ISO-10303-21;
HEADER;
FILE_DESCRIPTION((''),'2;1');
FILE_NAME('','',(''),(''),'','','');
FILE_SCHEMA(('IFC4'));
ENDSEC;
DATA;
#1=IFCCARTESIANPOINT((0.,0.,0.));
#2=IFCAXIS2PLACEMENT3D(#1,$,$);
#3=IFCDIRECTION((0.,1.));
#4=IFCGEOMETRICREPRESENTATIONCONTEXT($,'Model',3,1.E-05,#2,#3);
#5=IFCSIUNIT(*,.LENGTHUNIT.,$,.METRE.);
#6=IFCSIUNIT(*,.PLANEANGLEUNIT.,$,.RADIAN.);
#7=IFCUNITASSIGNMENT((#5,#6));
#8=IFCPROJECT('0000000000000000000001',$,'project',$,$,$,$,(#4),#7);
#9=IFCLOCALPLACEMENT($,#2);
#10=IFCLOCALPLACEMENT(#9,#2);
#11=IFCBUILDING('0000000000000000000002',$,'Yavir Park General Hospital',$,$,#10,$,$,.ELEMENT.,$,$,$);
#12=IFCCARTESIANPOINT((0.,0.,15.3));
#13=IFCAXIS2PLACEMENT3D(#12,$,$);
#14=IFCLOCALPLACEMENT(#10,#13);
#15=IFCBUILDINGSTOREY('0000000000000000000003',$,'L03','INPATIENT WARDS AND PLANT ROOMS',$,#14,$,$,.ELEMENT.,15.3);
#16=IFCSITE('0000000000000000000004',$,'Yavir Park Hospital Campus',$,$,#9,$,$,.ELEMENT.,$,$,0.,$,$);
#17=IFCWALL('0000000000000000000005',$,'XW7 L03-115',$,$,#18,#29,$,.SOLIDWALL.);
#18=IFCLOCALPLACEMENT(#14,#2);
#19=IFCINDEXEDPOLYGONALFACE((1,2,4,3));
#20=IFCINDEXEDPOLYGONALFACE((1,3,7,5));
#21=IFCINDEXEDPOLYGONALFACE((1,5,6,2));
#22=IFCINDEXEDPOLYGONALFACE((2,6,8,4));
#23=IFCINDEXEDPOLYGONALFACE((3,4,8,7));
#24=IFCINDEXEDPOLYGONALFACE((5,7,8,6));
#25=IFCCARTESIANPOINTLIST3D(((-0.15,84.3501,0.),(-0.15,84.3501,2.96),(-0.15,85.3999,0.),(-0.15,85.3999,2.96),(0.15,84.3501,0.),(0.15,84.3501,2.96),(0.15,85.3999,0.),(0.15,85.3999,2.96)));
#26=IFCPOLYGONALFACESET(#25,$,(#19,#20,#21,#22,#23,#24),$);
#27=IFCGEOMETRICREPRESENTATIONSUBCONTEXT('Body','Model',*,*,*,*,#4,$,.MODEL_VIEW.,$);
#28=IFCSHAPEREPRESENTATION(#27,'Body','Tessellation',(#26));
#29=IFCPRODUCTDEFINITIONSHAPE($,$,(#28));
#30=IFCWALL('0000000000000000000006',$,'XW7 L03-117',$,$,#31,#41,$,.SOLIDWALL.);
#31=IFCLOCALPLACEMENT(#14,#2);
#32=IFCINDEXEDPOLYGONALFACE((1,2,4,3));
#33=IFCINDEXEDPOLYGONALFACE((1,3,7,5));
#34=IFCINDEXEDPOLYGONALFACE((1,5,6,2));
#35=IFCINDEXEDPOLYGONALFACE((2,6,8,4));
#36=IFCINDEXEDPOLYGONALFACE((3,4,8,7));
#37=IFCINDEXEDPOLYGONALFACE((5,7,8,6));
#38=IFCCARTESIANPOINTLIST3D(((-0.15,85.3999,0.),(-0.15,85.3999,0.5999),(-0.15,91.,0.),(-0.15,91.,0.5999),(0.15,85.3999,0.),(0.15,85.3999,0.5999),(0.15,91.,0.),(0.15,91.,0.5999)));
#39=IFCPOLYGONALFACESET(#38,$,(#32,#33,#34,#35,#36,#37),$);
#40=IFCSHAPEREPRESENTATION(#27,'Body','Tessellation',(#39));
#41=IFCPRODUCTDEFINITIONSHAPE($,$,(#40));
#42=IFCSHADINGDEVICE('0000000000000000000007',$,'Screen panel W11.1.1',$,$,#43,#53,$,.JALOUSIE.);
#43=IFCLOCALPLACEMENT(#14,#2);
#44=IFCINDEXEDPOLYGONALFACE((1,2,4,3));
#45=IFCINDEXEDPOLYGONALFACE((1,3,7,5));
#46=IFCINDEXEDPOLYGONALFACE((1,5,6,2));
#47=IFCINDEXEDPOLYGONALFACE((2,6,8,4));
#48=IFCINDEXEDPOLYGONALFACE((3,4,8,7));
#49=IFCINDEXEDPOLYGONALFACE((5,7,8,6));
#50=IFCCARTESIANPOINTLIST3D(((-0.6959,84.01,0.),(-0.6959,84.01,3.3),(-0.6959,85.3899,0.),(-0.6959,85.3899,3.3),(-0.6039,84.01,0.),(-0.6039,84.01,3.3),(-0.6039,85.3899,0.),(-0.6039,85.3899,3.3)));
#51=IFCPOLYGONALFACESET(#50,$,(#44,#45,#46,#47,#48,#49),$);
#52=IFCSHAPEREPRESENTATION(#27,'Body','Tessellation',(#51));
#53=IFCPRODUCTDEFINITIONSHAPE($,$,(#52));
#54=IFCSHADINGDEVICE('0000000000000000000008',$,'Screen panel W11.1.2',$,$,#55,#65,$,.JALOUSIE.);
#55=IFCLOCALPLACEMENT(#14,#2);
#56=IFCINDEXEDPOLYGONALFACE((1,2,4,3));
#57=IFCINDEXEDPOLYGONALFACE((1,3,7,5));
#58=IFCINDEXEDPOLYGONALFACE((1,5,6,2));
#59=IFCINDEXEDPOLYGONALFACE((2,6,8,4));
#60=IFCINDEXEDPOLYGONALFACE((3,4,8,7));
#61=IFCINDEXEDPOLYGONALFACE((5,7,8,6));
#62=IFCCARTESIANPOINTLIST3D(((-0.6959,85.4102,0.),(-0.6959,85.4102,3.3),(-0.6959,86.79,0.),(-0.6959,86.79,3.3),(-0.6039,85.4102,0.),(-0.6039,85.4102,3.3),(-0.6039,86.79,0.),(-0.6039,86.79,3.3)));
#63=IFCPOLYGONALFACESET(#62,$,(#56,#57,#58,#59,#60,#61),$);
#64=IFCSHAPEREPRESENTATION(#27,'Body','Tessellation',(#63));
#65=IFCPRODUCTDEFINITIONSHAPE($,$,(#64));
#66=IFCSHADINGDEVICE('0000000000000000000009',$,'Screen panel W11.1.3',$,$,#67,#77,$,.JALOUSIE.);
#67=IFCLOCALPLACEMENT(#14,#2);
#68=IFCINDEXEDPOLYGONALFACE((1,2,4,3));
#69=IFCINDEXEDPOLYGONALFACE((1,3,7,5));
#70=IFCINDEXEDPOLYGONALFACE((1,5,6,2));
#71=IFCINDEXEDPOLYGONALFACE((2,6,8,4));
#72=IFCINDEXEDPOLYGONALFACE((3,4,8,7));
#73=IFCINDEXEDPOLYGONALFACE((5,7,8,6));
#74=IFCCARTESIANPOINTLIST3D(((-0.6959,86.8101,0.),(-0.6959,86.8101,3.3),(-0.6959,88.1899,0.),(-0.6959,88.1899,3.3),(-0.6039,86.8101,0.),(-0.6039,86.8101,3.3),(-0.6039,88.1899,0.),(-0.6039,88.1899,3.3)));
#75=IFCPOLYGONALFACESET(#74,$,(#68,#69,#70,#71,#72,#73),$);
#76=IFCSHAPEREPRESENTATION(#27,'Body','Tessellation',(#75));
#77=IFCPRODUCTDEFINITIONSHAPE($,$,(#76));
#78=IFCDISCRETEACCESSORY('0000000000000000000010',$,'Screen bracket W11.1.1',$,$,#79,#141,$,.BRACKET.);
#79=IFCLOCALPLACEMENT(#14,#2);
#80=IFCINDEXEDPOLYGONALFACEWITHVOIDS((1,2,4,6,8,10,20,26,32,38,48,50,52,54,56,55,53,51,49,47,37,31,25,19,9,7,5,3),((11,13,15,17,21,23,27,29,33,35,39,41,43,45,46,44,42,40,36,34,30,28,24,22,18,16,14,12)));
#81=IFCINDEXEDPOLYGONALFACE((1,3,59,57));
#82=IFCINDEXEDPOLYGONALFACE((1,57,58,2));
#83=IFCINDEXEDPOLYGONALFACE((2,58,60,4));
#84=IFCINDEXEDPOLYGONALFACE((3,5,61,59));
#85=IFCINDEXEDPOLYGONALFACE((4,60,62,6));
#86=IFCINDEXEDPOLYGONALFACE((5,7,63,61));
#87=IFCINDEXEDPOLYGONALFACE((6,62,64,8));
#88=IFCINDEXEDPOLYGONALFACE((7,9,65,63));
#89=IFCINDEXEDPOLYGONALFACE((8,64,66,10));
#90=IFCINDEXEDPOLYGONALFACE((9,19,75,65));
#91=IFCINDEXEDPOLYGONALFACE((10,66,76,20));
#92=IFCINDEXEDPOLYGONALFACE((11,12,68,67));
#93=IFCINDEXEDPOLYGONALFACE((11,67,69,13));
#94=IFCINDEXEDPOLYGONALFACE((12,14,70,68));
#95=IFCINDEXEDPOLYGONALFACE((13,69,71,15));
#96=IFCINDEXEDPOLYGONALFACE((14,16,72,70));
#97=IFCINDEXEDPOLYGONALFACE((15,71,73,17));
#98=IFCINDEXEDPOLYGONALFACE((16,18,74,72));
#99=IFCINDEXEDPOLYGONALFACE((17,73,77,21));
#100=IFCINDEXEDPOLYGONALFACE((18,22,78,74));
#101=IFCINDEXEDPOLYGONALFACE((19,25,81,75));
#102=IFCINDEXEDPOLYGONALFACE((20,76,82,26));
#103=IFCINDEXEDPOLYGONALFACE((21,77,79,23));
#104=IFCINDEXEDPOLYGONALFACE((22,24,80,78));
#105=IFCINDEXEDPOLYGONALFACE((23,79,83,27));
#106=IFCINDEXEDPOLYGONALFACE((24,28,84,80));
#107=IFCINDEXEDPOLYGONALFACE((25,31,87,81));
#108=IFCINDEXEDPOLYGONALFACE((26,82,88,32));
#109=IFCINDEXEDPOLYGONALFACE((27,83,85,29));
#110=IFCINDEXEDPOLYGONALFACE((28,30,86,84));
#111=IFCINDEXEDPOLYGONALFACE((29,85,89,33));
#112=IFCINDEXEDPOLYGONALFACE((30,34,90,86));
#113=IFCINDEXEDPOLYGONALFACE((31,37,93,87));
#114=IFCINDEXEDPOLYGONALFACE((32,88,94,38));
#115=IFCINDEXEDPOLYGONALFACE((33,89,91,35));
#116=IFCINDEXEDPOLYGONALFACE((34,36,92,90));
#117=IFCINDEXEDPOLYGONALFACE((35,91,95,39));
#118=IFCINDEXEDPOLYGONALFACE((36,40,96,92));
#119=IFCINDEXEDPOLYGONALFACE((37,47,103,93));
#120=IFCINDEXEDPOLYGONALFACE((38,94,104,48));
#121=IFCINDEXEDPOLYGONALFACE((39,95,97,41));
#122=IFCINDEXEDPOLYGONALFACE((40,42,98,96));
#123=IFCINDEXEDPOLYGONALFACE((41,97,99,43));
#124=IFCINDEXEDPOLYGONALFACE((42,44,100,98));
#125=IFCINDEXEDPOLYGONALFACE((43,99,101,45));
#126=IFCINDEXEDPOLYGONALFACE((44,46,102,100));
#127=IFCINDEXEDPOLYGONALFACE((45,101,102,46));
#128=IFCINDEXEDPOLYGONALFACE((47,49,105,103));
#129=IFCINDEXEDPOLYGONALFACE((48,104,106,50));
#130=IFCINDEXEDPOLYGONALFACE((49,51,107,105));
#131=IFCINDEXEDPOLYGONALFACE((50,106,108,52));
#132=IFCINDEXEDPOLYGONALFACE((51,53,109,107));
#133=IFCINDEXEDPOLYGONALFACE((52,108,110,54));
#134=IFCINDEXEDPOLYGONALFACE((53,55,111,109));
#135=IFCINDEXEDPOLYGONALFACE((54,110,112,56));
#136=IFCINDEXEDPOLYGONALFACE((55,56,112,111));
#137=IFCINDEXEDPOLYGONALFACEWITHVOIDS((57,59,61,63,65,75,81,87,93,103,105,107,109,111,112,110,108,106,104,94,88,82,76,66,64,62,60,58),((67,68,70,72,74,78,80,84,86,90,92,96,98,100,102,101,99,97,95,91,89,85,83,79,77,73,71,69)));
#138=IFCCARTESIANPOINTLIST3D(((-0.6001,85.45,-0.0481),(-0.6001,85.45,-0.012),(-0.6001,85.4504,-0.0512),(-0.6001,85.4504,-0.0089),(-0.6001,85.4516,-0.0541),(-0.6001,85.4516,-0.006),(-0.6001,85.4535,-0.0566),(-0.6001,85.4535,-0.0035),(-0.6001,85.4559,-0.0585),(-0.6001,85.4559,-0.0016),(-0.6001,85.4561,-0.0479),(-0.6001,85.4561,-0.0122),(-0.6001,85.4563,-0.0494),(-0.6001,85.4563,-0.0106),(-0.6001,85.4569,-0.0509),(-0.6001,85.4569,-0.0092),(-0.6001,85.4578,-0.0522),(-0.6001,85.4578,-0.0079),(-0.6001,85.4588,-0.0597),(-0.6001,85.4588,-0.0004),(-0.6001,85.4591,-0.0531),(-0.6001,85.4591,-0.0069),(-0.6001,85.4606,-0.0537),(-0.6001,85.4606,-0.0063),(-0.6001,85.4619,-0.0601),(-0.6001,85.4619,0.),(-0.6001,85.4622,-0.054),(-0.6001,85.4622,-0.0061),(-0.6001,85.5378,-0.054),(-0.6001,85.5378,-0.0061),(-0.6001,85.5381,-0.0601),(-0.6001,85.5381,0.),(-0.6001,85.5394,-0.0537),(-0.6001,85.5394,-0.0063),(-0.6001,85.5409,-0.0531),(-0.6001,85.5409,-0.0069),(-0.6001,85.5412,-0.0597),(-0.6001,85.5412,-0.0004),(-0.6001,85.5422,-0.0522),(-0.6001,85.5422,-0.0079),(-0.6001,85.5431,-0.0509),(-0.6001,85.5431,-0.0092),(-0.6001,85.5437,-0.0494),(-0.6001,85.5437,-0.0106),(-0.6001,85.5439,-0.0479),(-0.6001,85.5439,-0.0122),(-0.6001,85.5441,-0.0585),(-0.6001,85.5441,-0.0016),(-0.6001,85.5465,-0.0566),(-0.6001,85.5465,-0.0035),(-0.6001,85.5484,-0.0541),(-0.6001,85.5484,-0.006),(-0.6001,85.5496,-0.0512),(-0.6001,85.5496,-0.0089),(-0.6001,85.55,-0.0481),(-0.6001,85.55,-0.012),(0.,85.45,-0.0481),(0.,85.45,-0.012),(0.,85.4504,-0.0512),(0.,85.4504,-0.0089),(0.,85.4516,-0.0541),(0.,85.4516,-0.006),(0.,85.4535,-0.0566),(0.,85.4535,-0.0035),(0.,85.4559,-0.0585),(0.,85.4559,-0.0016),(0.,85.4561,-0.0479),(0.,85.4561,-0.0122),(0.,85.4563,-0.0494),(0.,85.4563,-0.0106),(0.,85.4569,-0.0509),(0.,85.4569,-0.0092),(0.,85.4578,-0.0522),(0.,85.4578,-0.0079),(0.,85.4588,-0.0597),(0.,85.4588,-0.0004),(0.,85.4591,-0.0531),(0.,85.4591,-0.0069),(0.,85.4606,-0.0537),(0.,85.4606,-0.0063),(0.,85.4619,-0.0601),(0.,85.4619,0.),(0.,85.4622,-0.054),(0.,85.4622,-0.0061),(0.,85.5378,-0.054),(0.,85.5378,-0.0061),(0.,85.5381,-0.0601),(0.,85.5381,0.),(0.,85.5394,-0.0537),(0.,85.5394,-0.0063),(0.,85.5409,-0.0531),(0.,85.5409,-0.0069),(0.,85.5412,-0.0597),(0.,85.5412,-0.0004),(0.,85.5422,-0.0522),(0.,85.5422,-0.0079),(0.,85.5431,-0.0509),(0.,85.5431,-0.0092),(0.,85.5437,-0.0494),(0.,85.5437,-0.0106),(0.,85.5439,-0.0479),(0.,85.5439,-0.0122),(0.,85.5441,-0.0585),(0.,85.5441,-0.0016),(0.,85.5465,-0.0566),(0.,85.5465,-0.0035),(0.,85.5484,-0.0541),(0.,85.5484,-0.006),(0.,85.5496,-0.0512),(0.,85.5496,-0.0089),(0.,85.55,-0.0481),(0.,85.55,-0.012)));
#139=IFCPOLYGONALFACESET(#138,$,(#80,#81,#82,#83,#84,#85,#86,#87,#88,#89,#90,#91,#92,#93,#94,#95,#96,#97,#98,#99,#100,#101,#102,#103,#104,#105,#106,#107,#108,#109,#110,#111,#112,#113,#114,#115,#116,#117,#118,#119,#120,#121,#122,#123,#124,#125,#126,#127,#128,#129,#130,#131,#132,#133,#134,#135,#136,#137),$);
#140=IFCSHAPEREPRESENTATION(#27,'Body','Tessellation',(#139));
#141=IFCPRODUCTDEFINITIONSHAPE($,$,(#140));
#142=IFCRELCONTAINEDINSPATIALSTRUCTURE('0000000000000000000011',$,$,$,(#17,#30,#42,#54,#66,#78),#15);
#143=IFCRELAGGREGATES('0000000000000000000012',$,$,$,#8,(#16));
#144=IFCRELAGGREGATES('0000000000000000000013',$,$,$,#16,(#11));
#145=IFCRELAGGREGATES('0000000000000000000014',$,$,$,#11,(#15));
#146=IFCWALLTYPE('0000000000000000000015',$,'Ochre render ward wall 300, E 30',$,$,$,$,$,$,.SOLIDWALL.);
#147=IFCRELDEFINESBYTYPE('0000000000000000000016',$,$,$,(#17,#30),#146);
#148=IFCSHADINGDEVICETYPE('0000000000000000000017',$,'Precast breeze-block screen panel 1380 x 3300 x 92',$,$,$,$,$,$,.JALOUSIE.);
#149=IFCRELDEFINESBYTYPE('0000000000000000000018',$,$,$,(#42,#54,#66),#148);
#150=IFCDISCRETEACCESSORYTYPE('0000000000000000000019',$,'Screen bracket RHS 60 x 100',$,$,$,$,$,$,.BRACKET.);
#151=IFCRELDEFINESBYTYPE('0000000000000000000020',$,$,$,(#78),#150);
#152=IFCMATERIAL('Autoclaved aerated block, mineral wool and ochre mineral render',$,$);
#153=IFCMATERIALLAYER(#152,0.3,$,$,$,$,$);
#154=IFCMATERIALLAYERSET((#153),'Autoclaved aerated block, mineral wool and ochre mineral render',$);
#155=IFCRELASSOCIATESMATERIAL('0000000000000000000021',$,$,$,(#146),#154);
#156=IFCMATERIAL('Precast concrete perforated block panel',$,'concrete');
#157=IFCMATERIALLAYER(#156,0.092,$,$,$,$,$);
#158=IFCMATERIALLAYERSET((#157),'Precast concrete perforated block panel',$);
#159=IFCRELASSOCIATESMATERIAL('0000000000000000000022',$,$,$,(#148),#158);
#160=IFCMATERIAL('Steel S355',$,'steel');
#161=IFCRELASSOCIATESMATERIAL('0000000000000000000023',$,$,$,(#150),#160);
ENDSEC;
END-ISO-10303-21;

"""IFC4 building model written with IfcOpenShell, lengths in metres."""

from ifc_helpers import new_model, si_unit, direction, frame, frame_2d, origin, origin_2d, place, context, subcontext, project, spatial, rectangle, hollow_rectangle, extrude, material, layer, layer_set, material_profile, profile_set, type_object, element, save


model = new_model("IFC4")

# Units and contexts
model_context = context("Model", 3, precision=1e-05, world=origin(), true_north=direction((0.0, 1.0)))
body_context = subcontext(model_context, "Body", "Model", "MODEL_VIEW")
ifc_project = project(units=[si_unit("LENGTHUNIT", "METRE"), si_unit("PLANEANGLEUNIT", "RADIAN")], contexts=[model_context])

# Site, building, storey
site_placement = place(None, origin())
site = spatial("IfcSite", under=ifc_project, at=site_placement, Name="Yavir Park Hospital Campus", CompositionType="ELEMENT", RefElevation=0.0)
building_placement = place(site_placement, origin())
building = spatial("IfcBuilding", under=site, at=building_placement, Name="Yavir Park General Hospital", CompositionType="ELEMENT")
storey_placement = place(building_placement, frame((0.0, 0.0, 15.3)))
storey = spatial("IfcBuildingStorey", under=building, at=storey_placement, Name="L03", Description="INPATIENT WARDS AND PLANT ROOMS", CompositionType="ELEMENT", Elevation=15.3)

# Walls
ifc_material_1 = material(Name="Autoclaved aerated block, mineral wool and ochre mineral render")
ifc_layer_1 = layer(ifc_material_1, 0.3)
ifc_layer_set_1 = layer_set([ifc_layer_1], Name="Autoclaved aerated block, mineral wool and ochre mineral render")
wall_type = type_object("IfcWallType", Name="Ochre render ward wall 300, E 30", PredefinedType="SOLIDWALL", material=ifc_layer_set_1)
wall_1_placement = place(storey_placement, frame((0.0, 84.3501, 0.0), z_axis=(0.0, 0.0, 1.0), x_axis=(0.0, 1.0, 0.0)))
element("IfcWall", 1, at=wall_1_placement, inside=storey, type_object=wall_type, Name="XW7 L03-115", PredefinedType="SOLIDWALL", context=body_context, shape_type="SweptSolid", body=[
    extrude(rectangle(XDim=1.0498, YDim=0.3, at=frame_2d((0.5249, 0.0))), origin(), (0.0, 0.0, 1.0), 2.96),
])
wall_2_placement = place(storey_placement, frame((0.0, 85.3999, 0.0), z_axis=(0.0, 0.0, 1.0), x_axis=(0.0, 1.0, 0.0)))
element("IfcWall", 2, at=wall_2_placement, inside=storey, type_object=wall_type, Name="XW7 L03-117", PredefinedType="SOLIDWALL", context=body_context, shape_type="SweptSolid", body=[
    extrude(rectangle(XDim=5.6001, YDim=0.3, at=frame_2d((2.8, 0.0))), origin(), (0.0, 0.0, 1.0), 0.5999),
])

# Shading devices
ifc_material_2 = material(Name="Precast concrete perforated block panel", Category="concrete")
ifc_layer_2 = layer(ifc_material_2, 0.092)
ifc_layer_set_2 = layer_set([ifc_layer_2], Name="Precast concrete perforated block panel")
shading_device_type = type_object("IfcShadingDeviceType", Name="Precast breeze-block screen panel 1380 x 3300 x 92", PredefinedType="JALOUSIE", material=ifc_layer_set_2)
for number, where, z_axis, x_axis, name in (
    (3, (-0.6499, 84.7, 0.0), (0.0, 0.0, 1.0), (1.0, 0.0, 0.0), "Screen panel W11.1.1"),
    (4, (-0.6499, 86.1001, 0.0), (0.0, 0.0, 1.0), (1.0, 0.0, 0.0), "Screen panel W11.1.2"),
    (5, (-0.6499, 87.5, 0.0), (0.0, 0.0, 1.0), (1.0, 0.0, 0.0), "Screen panel W11.1.3"),
):
    element("IfcShadingDevice", number, at=place(storey_placement, frame(where, z_axis=z_axis, x_axis=x_axis)), inside=storey, type_object=shading_device_type, Name=name, PredefinedType="JALOUSIE", context=body_context, shape_type="SweptSolid", body=[
        extrude(rectangle(XDim=0.092, YDim=1.3799, at=origin_2d()), origin(), (0.0, 0.0, 1.0), 3.3),
    ])

# Discrete accessory
ifc_material_3 = material(Name="Steel S355", Category="steel")
ifc_material_profile_1 = material_profile(ifc_material_3, hollow_rectangle(XDim=0.1001, YDim=0.0601, WallThickness=0.0061, InnerFilletRadius=0.0061, OuterFilletRadius=0.012, at=origin_2d()), Name="RHS60x100x6")
ifc_profile_set_1 = profile_set([ifc_material_profile_1], Name="Steel S355")
discrete_accessory_type_1 = type_object("IfcDiscreteAccessoryType", Name="Screen bracket RHS 60 x 100", PredefinedType="BRACKET", material=ifc_profile_set_1)
discrete_accessory_1_placement = place(storey_placement, frame((0.0, 85.5, -0.03), z_axis=(-1.0, 0.0, 0.0), x_axis=(0.0, -1.0, 0.0)))
element("IfcDiscreteAccessory", 6, at=discrete_accessory_1_placement, inside=storey, type_object=discrete_accessory_type_1, Name="Screen bracket W11.1.1", PredefinedType="BRACKET", context=body_context, shape_type="SweptSolid", body=[
    extrude(hollow_rectangle(XDim=0.1001, YDim=0.0601, WallThickness=0.0061, InnerFilletRadius=0.0061, OuterFilletRadius=0.012, at=origin_2d()), origin(), (0.0, 0.0, 1.0), 0.6001),
])

save(model, "model.ifc")
